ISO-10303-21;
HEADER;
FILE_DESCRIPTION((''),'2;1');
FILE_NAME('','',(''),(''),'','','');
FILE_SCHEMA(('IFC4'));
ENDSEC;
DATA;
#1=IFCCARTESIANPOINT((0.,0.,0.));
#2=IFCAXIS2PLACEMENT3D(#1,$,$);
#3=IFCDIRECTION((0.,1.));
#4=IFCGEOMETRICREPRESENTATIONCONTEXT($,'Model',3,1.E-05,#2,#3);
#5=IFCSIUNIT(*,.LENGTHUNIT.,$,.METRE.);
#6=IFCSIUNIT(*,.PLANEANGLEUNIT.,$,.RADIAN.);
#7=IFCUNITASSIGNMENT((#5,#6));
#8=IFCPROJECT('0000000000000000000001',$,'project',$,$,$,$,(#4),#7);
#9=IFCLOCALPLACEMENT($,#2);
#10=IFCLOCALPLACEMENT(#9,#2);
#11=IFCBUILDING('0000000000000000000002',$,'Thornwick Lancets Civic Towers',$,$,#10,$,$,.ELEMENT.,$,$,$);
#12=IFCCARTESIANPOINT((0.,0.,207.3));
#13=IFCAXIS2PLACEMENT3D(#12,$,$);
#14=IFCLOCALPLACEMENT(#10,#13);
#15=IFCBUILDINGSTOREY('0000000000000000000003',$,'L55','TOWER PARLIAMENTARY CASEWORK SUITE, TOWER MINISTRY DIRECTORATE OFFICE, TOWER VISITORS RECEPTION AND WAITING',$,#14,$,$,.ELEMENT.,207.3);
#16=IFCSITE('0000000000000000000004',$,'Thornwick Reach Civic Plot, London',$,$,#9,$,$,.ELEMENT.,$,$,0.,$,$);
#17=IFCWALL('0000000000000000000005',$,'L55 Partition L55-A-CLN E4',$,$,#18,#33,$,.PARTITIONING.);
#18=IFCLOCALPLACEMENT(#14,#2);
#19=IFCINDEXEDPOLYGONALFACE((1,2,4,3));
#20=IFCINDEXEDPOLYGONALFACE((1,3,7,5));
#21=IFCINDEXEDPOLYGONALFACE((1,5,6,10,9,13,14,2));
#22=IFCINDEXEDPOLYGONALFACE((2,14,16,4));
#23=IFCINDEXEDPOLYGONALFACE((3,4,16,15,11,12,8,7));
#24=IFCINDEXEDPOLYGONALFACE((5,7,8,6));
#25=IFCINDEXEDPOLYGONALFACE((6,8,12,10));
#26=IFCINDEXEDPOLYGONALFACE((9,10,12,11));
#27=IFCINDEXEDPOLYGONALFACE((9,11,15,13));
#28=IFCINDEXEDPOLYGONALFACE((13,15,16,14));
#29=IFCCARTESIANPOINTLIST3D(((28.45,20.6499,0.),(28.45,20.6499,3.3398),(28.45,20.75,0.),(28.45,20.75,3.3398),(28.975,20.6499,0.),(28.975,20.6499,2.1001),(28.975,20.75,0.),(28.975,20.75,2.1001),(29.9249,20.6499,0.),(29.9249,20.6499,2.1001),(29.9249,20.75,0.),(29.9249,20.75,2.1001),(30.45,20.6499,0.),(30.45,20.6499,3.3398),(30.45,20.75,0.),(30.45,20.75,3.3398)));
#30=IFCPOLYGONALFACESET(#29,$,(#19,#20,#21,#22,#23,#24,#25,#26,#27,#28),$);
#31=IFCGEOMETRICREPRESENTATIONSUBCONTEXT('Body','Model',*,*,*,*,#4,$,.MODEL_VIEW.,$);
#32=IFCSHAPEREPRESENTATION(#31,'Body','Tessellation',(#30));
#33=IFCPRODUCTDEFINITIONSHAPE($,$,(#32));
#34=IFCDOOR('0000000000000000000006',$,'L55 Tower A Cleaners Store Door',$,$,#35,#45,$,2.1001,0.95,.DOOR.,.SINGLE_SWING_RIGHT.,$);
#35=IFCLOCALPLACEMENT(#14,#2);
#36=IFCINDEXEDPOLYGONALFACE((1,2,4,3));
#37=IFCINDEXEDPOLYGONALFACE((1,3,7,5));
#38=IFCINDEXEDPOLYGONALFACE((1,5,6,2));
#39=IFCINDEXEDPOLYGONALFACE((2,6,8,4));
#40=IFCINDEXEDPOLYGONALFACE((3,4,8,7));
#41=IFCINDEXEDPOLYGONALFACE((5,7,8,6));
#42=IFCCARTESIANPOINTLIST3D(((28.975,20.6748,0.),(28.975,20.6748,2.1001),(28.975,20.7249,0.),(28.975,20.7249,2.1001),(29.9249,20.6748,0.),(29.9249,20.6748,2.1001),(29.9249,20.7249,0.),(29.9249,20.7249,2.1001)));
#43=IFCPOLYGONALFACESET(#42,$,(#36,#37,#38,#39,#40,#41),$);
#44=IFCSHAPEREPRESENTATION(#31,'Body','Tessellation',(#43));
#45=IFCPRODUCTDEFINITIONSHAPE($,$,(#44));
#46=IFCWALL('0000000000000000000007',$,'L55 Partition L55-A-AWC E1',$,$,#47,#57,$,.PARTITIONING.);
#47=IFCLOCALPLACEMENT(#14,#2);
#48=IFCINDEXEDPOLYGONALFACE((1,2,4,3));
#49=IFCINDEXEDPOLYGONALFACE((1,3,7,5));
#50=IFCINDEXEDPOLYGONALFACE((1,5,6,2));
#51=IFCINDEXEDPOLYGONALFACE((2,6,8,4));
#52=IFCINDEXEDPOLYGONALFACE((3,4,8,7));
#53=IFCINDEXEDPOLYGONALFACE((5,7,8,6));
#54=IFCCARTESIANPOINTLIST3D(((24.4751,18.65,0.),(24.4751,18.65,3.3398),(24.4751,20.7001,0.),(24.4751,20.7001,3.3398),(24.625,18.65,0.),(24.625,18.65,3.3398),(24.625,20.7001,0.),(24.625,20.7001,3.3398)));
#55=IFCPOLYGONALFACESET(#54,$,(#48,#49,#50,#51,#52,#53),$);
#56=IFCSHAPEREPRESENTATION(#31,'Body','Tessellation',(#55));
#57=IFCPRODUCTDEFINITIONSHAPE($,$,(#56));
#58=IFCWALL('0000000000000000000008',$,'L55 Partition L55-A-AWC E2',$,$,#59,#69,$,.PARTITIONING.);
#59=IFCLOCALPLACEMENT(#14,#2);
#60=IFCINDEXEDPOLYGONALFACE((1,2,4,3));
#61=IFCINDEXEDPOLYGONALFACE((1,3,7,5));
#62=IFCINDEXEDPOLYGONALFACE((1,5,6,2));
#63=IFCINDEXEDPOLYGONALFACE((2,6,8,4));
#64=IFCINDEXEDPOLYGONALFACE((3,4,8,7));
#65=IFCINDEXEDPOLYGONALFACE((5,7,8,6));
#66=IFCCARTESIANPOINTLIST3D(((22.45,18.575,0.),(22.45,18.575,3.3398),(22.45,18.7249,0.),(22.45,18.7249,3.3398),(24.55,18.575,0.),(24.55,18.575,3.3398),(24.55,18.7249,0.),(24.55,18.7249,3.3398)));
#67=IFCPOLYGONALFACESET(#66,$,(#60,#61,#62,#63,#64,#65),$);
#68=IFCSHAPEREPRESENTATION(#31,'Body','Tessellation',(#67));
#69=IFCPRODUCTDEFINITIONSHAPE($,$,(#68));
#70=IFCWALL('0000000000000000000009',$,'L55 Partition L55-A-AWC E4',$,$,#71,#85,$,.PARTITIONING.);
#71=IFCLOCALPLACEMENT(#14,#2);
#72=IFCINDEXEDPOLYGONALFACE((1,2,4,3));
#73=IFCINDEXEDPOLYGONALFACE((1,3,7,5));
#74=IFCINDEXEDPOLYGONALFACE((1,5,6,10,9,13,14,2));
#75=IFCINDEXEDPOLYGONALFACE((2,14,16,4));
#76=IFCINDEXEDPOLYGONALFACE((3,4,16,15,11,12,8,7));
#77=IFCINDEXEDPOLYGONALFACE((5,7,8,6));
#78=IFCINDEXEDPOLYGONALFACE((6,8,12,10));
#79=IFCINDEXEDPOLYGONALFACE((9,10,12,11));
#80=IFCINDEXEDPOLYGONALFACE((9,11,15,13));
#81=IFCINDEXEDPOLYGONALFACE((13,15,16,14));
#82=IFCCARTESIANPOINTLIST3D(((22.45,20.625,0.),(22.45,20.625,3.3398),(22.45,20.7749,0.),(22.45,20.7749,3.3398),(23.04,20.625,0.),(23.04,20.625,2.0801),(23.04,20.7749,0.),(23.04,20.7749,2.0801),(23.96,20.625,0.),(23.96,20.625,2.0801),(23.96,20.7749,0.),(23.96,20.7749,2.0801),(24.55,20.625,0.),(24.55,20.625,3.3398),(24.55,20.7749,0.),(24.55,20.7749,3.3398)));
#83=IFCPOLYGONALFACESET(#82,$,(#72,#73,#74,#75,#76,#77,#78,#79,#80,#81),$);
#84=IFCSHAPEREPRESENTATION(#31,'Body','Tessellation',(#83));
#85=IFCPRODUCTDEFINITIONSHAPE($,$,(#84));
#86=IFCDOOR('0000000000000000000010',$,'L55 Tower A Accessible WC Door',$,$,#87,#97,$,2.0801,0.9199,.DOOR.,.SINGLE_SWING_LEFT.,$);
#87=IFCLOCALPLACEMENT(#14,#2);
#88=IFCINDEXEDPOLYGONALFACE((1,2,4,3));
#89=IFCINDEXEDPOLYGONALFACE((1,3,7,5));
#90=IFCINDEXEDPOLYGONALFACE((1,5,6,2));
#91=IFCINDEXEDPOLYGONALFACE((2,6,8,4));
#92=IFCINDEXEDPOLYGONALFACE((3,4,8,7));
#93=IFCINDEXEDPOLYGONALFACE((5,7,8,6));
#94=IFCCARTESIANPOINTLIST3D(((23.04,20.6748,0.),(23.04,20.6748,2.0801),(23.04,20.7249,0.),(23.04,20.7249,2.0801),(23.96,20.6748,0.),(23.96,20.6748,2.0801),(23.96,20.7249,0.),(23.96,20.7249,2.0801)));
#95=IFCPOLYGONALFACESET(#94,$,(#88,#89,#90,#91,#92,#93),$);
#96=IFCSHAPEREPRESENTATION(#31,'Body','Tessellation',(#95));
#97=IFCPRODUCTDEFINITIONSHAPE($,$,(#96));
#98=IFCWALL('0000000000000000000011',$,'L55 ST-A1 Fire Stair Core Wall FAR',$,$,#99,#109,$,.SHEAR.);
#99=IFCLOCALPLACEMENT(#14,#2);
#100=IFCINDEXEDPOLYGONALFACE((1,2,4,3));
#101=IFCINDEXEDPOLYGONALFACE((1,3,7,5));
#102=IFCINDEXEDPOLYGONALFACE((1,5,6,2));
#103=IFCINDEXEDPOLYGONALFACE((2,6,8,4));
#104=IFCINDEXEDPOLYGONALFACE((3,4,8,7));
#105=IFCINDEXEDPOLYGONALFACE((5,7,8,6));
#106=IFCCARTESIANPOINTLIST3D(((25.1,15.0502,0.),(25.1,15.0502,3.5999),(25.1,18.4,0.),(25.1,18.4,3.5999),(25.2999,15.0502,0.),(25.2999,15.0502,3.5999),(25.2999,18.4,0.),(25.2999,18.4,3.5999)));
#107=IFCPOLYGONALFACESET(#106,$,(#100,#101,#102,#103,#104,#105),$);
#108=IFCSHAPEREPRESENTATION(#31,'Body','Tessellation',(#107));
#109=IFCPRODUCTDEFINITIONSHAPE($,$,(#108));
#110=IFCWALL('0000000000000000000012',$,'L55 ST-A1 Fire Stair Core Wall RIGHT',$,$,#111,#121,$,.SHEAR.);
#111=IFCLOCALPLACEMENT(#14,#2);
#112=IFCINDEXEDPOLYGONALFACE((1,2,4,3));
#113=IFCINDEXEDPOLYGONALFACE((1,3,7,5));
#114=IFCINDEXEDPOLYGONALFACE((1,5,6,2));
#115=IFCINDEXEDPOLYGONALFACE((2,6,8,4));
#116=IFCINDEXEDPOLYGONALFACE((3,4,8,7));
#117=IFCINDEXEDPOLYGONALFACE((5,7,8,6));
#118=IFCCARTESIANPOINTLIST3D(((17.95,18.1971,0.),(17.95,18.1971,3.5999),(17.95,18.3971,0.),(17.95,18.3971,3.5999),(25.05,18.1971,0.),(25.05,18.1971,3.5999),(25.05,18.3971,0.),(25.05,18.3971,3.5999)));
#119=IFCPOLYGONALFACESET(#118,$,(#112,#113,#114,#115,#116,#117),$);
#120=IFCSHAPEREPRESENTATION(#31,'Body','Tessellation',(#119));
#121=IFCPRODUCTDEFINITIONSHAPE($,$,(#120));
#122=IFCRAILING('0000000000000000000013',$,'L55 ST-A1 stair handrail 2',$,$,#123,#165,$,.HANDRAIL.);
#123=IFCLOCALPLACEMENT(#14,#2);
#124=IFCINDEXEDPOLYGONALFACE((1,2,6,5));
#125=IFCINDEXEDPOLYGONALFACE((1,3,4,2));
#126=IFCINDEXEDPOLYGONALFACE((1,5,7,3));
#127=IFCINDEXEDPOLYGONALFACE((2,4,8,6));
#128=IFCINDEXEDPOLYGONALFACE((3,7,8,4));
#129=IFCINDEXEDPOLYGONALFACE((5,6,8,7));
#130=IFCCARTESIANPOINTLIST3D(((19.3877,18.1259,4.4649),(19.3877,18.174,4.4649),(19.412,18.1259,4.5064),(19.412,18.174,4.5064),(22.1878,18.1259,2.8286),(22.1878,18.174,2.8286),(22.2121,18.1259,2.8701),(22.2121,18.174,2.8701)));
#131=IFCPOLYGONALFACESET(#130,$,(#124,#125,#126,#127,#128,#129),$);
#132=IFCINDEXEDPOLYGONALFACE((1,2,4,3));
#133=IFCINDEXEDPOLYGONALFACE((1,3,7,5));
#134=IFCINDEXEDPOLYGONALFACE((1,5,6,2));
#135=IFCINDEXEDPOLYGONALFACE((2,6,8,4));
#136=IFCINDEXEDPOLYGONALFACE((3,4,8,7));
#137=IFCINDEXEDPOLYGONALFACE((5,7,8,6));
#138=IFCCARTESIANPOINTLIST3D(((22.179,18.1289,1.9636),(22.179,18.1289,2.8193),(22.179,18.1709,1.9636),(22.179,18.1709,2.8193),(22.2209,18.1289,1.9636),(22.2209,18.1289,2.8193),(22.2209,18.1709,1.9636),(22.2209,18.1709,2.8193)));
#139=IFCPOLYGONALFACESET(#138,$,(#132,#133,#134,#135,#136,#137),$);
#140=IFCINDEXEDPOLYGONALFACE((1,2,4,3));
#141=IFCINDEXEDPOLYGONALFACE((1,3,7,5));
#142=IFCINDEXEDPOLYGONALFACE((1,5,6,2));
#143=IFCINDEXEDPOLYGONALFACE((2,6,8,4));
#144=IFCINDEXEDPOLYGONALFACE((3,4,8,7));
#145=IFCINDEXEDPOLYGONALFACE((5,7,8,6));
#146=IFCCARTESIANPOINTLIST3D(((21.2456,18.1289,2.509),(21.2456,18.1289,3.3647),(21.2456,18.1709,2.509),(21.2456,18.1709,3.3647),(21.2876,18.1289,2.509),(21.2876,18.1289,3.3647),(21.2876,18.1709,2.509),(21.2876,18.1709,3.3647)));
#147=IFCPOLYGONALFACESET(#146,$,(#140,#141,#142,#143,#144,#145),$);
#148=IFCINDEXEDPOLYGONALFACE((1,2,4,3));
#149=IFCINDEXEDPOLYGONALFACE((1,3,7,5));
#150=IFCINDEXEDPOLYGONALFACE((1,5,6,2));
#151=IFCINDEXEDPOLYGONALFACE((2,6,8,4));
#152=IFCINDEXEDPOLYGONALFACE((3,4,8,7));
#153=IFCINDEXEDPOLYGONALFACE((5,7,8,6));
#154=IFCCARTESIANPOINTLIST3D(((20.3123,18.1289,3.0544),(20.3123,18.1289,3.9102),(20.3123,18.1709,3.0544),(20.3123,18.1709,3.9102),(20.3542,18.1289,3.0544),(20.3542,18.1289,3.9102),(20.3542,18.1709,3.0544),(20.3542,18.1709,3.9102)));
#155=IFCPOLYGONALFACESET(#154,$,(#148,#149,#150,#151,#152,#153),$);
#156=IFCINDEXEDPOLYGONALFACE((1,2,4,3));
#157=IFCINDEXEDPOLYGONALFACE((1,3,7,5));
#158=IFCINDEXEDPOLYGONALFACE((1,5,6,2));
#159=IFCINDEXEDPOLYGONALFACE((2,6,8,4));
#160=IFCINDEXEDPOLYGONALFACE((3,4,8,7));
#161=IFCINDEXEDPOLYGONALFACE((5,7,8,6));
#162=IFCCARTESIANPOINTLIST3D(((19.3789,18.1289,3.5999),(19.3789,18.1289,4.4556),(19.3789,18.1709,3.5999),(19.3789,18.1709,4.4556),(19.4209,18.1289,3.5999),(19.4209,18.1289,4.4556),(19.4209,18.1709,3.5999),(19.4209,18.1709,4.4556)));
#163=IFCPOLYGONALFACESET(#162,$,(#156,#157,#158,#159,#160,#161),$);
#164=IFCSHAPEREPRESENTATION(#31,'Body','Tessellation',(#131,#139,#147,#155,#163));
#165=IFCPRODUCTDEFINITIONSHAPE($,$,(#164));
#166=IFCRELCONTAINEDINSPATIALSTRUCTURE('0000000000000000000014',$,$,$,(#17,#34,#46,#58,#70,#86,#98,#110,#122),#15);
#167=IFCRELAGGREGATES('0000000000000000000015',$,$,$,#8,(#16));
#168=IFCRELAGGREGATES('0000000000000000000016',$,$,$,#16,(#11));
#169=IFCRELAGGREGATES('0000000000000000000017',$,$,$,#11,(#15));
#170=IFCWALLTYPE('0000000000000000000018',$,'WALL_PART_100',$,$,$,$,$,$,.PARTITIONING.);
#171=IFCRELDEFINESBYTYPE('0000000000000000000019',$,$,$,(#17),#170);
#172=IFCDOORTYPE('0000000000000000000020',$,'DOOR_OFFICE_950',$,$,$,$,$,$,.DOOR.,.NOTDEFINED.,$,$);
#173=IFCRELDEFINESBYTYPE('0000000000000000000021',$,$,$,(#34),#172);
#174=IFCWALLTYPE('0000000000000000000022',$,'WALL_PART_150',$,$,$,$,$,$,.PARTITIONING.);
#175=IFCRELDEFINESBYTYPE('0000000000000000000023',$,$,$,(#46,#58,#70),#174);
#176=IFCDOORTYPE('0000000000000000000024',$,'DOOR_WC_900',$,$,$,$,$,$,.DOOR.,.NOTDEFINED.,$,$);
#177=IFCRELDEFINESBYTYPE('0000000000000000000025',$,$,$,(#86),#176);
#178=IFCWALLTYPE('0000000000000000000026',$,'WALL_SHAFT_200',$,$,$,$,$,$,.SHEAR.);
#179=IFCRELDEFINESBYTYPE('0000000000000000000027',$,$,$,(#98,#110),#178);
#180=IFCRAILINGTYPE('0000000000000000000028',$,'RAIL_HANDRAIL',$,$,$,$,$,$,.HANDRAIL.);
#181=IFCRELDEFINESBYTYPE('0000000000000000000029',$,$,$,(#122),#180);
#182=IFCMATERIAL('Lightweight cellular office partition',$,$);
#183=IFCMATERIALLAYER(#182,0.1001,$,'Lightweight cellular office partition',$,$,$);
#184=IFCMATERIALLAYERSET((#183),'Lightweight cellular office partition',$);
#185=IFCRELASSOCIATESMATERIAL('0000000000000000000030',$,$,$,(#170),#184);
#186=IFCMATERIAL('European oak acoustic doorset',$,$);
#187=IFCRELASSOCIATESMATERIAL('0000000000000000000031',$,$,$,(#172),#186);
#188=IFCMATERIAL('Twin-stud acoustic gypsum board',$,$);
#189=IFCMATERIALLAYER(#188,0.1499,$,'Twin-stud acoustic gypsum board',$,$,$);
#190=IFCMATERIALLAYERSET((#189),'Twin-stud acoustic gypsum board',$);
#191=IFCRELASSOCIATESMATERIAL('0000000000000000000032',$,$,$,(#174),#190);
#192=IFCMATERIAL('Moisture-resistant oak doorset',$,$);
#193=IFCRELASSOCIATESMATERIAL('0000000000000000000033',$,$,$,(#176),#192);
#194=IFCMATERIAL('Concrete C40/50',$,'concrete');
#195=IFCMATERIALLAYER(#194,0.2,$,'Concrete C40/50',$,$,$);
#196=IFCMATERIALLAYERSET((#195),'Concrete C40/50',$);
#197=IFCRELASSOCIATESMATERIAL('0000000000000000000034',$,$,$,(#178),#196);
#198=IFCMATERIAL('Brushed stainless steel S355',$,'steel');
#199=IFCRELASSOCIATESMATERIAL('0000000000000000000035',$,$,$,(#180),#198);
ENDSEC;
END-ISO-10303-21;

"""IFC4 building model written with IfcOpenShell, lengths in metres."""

from ifc_helpers import new_model, si_unit, direction, frame, frame_2d, origin, origin_2d, place, context, subcontext, project, spatial, rectangle, extrude, material, layer, layer_set, type_object, element, fill, save


model = new_model("IFC4")

# Units and contexts
model_context = context("Model", 3, precision=1e-05, world=origin(), true_north=direction((0.0, 1.0)))
body_context = subcontext(model_context, "Body", "Model", "MODEL_VIEW")
ifc_project = project(units=[si_unit("LENGTHUNIT", "METRE"), si_unit("PLANEANGLEUNIT", "RADIAN")], contexts=[model_context])

# Site, building, storey
site_placement = place(None, origin())
site = spatial("IfcSite", under=ifc_project, at=site_placement, Name="Thornwick Reach Civic Plot, London", CompositionType="ELEMENT", RefElevation=0.0)
building_placement = place(site_placement, origin())
building = spatial("IfcBuilding", under=site, at=building_placement, Name="Thornwick Lancets Civic Towers", CompositionType="ELEMENT")
storey_placement = place(building_placement, frame((0.0, 0.0, 207.3)))
storey = spatial("IfcBuildingStorey", under=building, at=storey_placement, Name="L55", Description="TOWER PARLIAMENTARY CASEWORK SUITE, TOWER MINISTRY DIRECTORATE OFFICE, TOWER VISITORS RECEPTION AND WAITING", CompositionType="ELEMENT", Elevation=207.3)

# Shared definitions
ifc_material_1 = material(Name="Concrete C40/50", Category="concrete")

# Wall, opening, door
ifc_material_2 = material(Name="Lightweight cellular office partition")
ifc_layer_1 = layer(ifc_material_2, 0.1001, Name="Lightweight cellular office partition")
ifc_layer_set_1 = layer_set([ifc_layer_1], Name="Lightweight cellular office partition")
wall_type_1 = type_object("IfcWallType", Name="WALL_PART_100", PredefinedType="PARTITIONING", material=ifc_layer_set_1)
wall_1_placement = place(storey_placement, frame((28.45, 20.7, 0.0), z_axis=(0.0, 0.0, 1.0), x_axis=(1.0, 0.0, 0.0)))
wall_1 = element("IfcWall", 1, at=wall_1_placement, inside=storey, type_object=wall_type_1, Name="L55 Partition L55-A-CLN E4", PredefinedType="PARTITIONING", context=body_context, shape_type="SweptSolid", body=[
    extrude(rectangle(XDim=2.0, YDim=0.1001, at=frame_2d((1.0, 0.0))), origin(), (0.0, 0.0, 1.0), 3.3398),
])
opening_1_placement = place(wall_1_placement, frame((0.5249, 0.0, 0.0)))
opening_1 = element("IfcOpeningElement", 2, at=opening_1_placement, cuts=wall_1, PredefinedType="OPENING", context=body_context, shape_type="SweptSolid", body=[
    extrude(rectangle(XDim=0.95, YDim=2.1001, at=frame_2d((0.4751, 1.05))), frame((0.0, 0.0601, 0.0), z_axis=(0.0, -1.0, 0.0), x_axis=(1.0, 0.0, 0.0)), (0.0, 0.0, 1.0), 0.1201),
])
ifc_material_3 = material(Name="European oak acoustic doorset")
door_type_1 = type_object("IfcDoorType", Name="DOOR_OFFICE_950", OperationType="NOTDEFINED", PredefinedType="DOOR", material=ifc_material_3)
door_1_placement = place(opening_1_placement, origin())
door_1 = element("IfcDoor", 3, at=door_1_placement, inside=storey, type_object=door_type_1, Name="L55 Tower A Cleaners Store Door", OperationType="SINGLE_SWING_RIGHT", OverallHeight=2.1001, OverallWidth=0.95, PredefinedType="DOOR", context=body_context, shape_type="SweptSolid", body=[
    extrude(rectangle(XDim=0.95, YDim=2.1001, at=frame_2d((0.4751, 1.05))), frame((0.0, 0.0249, 0.0), z_axis=(0.0, -1.0, 0.0), x_axis=(1.0, 0.0, 0.0)), (0.0, 0.0, 1.0), 0.05),
])
fill(opening_1, door_1)

# Walls
ifc_material_4 = material(Name="Twin-stud acoustic gypsum board")
ifc_layer_2 = layer(ifc_material_4, 0.1499, Name="Twin-stud acoustic gypsum board")
ifc_layer_set_2 = layer_set([ifc_layer_2], Name="Twin-stud acoustic gypsum board")
wall_type_2 = type_object("IfcWallType", Name="WALL_PART_150", PredefinedType="PARTITIONING", material=ifc_layer_set_2)
wall_2_placement = place(storey_placement, frame((24.55, 20.7, 0.0), z_axis=(0.0, 0.0, 1.0), x_axis=(0.0, -1.0, 0.0)))
element("IfcWall", 4, at=wall_2_placement, inside=storey, type_object=wall_type_2, Name="L55 Partition L55-A-AWC E1", PredefinedType="PARTITIONING", context=body_context, shape_type="SweptSolid", body=[
    extrude(rectangle(XDim=2.05, YDim=0.1499, at=frame_2d((1.0249, 0.0))), origin(), (0.0, 0.0, 1.0), 3.3398),
])
wall_3_placement = place(storey_placement, frame((24.55, 18.6499, 0.0), z_axis=(0.0, 0.0, 1.0), x_axis=(-1.0, 0.0, 0.0)))
element("IfcWall", 5, at=wall_3_placement, inside=storey, type_object=wall_type_2, Name="L55 Partition L55-A-AWC E2", PredefinedType="PARTITIONING", context=body_context, shape_type="SweptSolid", body=[
    extrude(rectangle(XDim=2.1001, YDim=0.1499, at=frame_2d((1.05, 0.0))), origin(), (0.0, 0.0, 1.0), 3.3398),
])

# Wall, opening, door
wall_4_placement = place(storey_placement, frame((22.45, 20.7, 0.0), z_axis=(0.0, 0.0, 1.0), x_axis=(1.0, 0.0, 0.0)))
wall_4 = element("IfcWall", 6, at=wall_4_placement, inside=storey, type_object=wall_type_2, Name="L55 Partition L55-A-AWC E4", PredefinedType="PARTITIONING", context=body_context, shape_type="SweptSolid", body=[
    extrude(rectangle(XDim=2.1001, YDim=0.1499, at=frame_2d((1.05, 0.0))), origin(), (0.0, 0.0, 1.0), 3.3398),
])
opening_2_placement = place(wall_4_placement, frame((0.5901, 0.0, 0.0)))
opening_2 = element("IfcOpeningElement", 7, at=opening_2_placement, cuts=wall_4, PredefinedType="OPENING", context=body_context, shape_type="SweptSolid", body=[
    extrude(rectangle(XDim=0.9199, YDim=2.0801, at=frame_2d((0.46, 1.04))), frame((0.0, 0.085, 0.0), z_axis=(0.0, -1.0, 0.0), x_axis=(1.0, 0.0, 0.0)), (0.0, 0.0, 1.0), 0.1699),
])
ifc_material_5 = material(Name="Moisture-resistant oak doorset")
door_type_2 = type_object("IfcDoorType", Name="DOOR_WC_900", OperationType="NOTDEFINED", PredefinedType="DOOR", material=ifc_material_5)
door_2_placement = place(opening_2_placement, origin())
door_2 = element("IfcDoor", 8, at=door_2_placement, inside=storey, type_object=door_type_2, Name="L55 Tower A Accessible WC Door", OperationType="SINGLE_SWING_LEFT", OverallHeight=2.0801, OverallWidth=0.9199, PredefinedType="DOOR", context=body_context, shape_type="SweptSolid", body=[
    extrude(rectangle(XDim=0.9199, YDim=2.0801, at=frame_2d((0.46, 1.04))), frame((0.0, 0.0249, 0.0), z_axis=(0.0, -1.0, 0.0), x_axis=(1.0, 0.0, 0.0)), (0.0, 0.0, 1.0), 0.05),
])
fill(opening_2, door_2)

# Walls
ifc_layer_3 = layer(ifc_material_1, 0.2, Name="Concrete C40/50")
ifc_layer_set_3 = layer_set([ifc_layer_3], Name="Concrete C40/50")
wall_type_3 = type_object("IfcWallType", Name="WALL_SHAFT_200", PredefinedType="SHEAR", material=ifc_layer_set_3)
wall_5_placement = place(storey_placement, frame((25.2, 18.3999, 0.0), z_axis=(0.0, 0.0, 1.0), x_axis=(0.0, -1.0, 0.0)))
element("IfcWall", 9, at=wall_5_placement, inside=storey, type_object=wall_type_3, Name="L55 ST-A1 Fire Stair Core Wall FAR", PredefinedType="SHEAR", context=body_context, shape_type="SweptSolid", body=[
    extrude(rectangle(XDim=3.3499, YDim=0.2, at=frame_2d((1.6748, 0.0))), origin(), (0.0, 0.0, 1.0), 3.5999),
])
wall_6_placement = place(storey_placement, frame((25.05, 18.2971, 0.0), z_axis=(0.0, 0.0, 1.0), x_axis=(-1.0, 0.0, 0.0)))
element("IfcWall", 10, at=wall_6_placement, inside=storey, type_object=wall_type_3, Name="L55 ST-A1 Fire Stair Core Wall RIGHT", PredefinedType="SHEAR", context=body_context, shape_type="SweptSolid", body=[
    extrude(rectangle(XDim=7.1001, YDim=0.2, at=frame_2d((3.55, 0.0))), origin(), (0.0, 0.0, 1.0), 3.5999),
])

# Railing
ifc_material_6 = material(Name="Brushed stainless steel S355", Category="steel")
railing_type_1 = type_object("IfcRailingType", Name="RAIL_HANDRAIL", PredefinedType="HANDRAIL", material=ifc_material_6)
railing_1_placement = place(storey_placement, frame((22.2, 18.1499, 1.9636)))
element("IfcRailing", 11, at=railing_1_placement, inside=storey, type_object=railing_type_1, Name="L55 ST-A1 stair handrail 2", PredefinedType="HANDRAIL", context=body_context, shape_type="SweptSolid", body=[
    extrude(rectangle(XDim=0.0481, YDim=0.0481, at=origin_2d()), frame((0.0, 0.0, 0.8857), z_axis=(-0.863394, 0.0, 0.504531), x_axis=(0.0, -1.0, 0.0)), (0.0, 0.0, 1.0), 3.2432),
    extrude(rectangle(XDim=0.042, YDim=0.042, at=origin_2d()), origin(), (0.0, 0.0, 1.0), 0.8557),
    extrude(rectangle(XDim=0.042, YDim=0.042, at=origin_2d()), frame((-0.9333, 0.0, 0.5454)), (0.0, 0.0, 1.0), 0.8557),
    extrude(rectangle(XDim=0.042, YDim=0.042, at=origin_2d()), frame((-1.8667, 0.0, 1.0908)), (0.0, 0.0, 1.0), 0.8557),
    extrude(rectangle(XDim=0.042, YDim=0.042, at=origin_2d()), frame((-2.8, 0.0, 1.6362)), (0.0, 0.0, 1.0), 0.8557),
])

save(model, "model.ifc")
